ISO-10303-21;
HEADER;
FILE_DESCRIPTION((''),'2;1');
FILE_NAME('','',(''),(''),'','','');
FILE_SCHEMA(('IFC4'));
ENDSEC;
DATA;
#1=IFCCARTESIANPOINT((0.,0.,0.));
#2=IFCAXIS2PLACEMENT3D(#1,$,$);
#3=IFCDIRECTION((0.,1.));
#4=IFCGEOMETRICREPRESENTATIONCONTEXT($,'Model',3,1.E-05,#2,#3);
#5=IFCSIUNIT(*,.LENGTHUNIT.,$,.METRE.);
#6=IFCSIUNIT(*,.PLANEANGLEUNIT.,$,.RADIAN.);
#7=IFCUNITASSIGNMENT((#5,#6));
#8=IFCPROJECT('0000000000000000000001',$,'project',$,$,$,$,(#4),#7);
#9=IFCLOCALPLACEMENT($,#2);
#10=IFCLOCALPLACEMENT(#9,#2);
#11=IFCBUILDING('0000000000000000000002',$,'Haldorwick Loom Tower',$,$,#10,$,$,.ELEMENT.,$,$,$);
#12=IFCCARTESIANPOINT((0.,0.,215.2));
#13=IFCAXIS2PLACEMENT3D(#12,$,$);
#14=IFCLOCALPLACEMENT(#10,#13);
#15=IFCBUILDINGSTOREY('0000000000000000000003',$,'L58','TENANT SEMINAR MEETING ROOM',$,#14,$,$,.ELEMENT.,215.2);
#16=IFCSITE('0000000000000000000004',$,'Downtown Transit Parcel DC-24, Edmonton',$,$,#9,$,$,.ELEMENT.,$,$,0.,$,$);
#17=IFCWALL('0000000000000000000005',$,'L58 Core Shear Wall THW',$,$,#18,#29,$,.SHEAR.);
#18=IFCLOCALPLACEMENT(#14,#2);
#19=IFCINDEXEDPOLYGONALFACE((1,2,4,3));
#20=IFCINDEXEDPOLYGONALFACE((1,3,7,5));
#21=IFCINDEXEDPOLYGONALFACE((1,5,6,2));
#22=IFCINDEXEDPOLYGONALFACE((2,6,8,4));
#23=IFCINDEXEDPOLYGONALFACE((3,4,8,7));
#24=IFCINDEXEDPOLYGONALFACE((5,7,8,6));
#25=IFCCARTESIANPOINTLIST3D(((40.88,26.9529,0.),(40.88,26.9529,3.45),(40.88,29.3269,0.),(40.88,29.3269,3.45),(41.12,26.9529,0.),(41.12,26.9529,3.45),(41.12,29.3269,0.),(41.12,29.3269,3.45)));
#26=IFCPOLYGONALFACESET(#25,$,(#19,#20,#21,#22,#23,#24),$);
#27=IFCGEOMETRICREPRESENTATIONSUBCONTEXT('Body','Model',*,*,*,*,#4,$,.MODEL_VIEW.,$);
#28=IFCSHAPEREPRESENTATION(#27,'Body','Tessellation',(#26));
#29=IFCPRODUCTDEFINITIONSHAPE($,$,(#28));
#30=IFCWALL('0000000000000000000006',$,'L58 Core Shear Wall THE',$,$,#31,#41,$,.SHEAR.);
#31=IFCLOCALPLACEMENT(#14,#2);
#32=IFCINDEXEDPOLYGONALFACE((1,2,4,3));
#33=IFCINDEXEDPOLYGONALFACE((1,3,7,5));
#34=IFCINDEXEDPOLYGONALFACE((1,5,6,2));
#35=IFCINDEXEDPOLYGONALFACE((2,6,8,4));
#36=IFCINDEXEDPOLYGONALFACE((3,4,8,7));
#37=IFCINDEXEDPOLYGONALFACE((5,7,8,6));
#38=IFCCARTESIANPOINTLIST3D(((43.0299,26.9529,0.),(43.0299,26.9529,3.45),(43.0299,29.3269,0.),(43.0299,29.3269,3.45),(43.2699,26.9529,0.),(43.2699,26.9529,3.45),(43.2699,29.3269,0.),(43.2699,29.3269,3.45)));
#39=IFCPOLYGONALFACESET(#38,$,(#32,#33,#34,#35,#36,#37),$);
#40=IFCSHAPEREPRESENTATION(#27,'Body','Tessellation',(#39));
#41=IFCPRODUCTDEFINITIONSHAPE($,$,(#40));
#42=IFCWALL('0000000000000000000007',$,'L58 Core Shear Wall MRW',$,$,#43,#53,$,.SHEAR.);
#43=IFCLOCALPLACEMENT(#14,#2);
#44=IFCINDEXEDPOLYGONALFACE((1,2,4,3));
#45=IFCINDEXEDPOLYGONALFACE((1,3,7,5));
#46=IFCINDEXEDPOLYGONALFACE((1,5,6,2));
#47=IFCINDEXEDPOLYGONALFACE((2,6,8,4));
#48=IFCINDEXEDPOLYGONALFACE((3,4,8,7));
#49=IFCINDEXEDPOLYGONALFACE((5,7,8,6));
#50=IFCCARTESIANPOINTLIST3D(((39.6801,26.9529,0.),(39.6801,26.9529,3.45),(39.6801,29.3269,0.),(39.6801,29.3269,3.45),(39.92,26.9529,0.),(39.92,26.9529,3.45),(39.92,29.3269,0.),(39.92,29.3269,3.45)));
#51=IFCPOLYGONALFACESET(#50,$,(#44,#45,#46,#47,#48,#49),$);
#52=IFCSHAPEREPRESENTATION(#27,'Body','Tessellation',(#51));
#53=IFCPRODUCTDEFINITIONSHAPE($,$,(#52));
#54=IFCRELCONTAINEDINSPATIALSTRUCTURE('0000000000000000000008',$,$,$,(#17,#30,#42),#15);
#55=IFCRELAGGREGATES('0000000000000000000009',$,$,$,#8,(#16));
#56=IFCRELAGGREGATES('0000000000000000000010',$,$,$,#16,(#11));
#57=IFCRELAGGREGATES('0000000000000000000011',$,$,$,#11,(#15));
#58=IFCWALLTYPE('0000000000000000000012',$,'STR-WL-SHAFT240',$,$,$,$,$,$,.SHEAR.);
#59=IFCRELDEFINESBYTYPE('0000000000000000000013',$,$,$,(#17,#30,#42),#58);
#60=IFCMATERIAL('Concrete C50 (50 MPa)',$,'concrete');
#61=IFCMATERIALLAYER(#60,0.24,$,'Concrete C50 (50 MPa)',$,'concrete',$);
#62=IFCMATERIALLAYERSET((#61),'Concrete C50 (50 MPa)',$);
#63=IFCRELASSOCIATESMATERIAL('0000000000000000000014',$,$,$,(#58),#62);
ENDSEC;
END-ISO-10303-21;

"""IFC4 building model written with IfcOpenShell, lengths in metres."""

from ifc_helpers import new_model, si_unit, direction, frame, frame_2d, origin, place, context, subcontext, project, spatial, rectangle, extrude, material, layer, layer_set, type_object, element, save


model = new_model("IFC4")

# Units and contexts
model_context = context("Model", 3, precision=1e-05, world=origin(), true_north=direction((0.0, 1.0)))
body_context = subcontext(model_context, "Body", "Model", "MODEL_VIEW")
ifc_project = project(units=[si_unit("LENGTHUNIT", "METRE"), si_unit("PLANEANGLEUNIT", "RADIAN")], contexts=[model_context])

# Site, building, storey
site_placement = place(None, origin())
site = spatial("IfcSite", under=ifc_project, at=site_placement, Name="Downtown Transit Parcel DC-24, Edmonton", CompositionType="ELEMENT", RefElevation=0.0)
building_placement = place(site_placement, origin())
building = spatial("IfcBuilding", under=site, at=building_placement, Name="Haldorwick Loom Tower", CompositionType="ELEMENT")
storey_placement = place(building_placement, frame((0.0, 0.0, 215.2)))
storey = spatial("IfcBuildingStorey", under=building, at=storey_placement, Name="L58", Description="TENANT SEMINAR MEETING ROOM", CompositionType="ELEMENT", Elevation=215.2)

# Shared definitions
ifc_material_1 = material(Name="Concrete C50 (50 MPa)", Category="concrete")

# Walls
ifc_layer_1 = layer(ifc_material_1, 0.24, Name="Concrete C50 (50 MPa)", Category="concrete")
ifc_layer_set_1 = layer_set([ifc_layer_1], Name="Concrete C50 (50 MPa)")
wall_type_1 = type_object("IfcWallType", Name="STR-WL-SHAFT240", PredefinedType="SHEAR", material=ifc_layer_set_1)
for number, where, z_axis, x_axis, name in (
    (1, (41.0, 26.9529, 0.0), (0.0, 0.0, 1.0), (0.0, 1.0, 0.0), "L58 Core Shear Wall THW"),
    (2, (43.1499, 26.9529, 0.0), (0.0, 0.0, 1.0), (0.0, 1.0, 0.0), "L58 Core Shear Wall THE"),
    (3, (39.8, 26.9529, 0.0), (0.0, 0.0, 1.0), (0.0, 1.0, 0.0), "L58 Core Shear Wall MRW"),
):
    element("IfcWall", number, at=place(storey_placement, frame(where, z_axis=z_axis, x_axis=x_axis)), inside=storey, type_object=wall_type_1, Name=name, PredefinedType="SHEAR", context=body_context, shape_type="SweptSolid", body=[
        extrude(rectangle(XDim=2.374, YDim=0.24, at=frame_2d((1.187, 0.0))), origin(), (0.0, 0.0, 1.0), 3.45),
    ])

save(model, "model.ifc")
